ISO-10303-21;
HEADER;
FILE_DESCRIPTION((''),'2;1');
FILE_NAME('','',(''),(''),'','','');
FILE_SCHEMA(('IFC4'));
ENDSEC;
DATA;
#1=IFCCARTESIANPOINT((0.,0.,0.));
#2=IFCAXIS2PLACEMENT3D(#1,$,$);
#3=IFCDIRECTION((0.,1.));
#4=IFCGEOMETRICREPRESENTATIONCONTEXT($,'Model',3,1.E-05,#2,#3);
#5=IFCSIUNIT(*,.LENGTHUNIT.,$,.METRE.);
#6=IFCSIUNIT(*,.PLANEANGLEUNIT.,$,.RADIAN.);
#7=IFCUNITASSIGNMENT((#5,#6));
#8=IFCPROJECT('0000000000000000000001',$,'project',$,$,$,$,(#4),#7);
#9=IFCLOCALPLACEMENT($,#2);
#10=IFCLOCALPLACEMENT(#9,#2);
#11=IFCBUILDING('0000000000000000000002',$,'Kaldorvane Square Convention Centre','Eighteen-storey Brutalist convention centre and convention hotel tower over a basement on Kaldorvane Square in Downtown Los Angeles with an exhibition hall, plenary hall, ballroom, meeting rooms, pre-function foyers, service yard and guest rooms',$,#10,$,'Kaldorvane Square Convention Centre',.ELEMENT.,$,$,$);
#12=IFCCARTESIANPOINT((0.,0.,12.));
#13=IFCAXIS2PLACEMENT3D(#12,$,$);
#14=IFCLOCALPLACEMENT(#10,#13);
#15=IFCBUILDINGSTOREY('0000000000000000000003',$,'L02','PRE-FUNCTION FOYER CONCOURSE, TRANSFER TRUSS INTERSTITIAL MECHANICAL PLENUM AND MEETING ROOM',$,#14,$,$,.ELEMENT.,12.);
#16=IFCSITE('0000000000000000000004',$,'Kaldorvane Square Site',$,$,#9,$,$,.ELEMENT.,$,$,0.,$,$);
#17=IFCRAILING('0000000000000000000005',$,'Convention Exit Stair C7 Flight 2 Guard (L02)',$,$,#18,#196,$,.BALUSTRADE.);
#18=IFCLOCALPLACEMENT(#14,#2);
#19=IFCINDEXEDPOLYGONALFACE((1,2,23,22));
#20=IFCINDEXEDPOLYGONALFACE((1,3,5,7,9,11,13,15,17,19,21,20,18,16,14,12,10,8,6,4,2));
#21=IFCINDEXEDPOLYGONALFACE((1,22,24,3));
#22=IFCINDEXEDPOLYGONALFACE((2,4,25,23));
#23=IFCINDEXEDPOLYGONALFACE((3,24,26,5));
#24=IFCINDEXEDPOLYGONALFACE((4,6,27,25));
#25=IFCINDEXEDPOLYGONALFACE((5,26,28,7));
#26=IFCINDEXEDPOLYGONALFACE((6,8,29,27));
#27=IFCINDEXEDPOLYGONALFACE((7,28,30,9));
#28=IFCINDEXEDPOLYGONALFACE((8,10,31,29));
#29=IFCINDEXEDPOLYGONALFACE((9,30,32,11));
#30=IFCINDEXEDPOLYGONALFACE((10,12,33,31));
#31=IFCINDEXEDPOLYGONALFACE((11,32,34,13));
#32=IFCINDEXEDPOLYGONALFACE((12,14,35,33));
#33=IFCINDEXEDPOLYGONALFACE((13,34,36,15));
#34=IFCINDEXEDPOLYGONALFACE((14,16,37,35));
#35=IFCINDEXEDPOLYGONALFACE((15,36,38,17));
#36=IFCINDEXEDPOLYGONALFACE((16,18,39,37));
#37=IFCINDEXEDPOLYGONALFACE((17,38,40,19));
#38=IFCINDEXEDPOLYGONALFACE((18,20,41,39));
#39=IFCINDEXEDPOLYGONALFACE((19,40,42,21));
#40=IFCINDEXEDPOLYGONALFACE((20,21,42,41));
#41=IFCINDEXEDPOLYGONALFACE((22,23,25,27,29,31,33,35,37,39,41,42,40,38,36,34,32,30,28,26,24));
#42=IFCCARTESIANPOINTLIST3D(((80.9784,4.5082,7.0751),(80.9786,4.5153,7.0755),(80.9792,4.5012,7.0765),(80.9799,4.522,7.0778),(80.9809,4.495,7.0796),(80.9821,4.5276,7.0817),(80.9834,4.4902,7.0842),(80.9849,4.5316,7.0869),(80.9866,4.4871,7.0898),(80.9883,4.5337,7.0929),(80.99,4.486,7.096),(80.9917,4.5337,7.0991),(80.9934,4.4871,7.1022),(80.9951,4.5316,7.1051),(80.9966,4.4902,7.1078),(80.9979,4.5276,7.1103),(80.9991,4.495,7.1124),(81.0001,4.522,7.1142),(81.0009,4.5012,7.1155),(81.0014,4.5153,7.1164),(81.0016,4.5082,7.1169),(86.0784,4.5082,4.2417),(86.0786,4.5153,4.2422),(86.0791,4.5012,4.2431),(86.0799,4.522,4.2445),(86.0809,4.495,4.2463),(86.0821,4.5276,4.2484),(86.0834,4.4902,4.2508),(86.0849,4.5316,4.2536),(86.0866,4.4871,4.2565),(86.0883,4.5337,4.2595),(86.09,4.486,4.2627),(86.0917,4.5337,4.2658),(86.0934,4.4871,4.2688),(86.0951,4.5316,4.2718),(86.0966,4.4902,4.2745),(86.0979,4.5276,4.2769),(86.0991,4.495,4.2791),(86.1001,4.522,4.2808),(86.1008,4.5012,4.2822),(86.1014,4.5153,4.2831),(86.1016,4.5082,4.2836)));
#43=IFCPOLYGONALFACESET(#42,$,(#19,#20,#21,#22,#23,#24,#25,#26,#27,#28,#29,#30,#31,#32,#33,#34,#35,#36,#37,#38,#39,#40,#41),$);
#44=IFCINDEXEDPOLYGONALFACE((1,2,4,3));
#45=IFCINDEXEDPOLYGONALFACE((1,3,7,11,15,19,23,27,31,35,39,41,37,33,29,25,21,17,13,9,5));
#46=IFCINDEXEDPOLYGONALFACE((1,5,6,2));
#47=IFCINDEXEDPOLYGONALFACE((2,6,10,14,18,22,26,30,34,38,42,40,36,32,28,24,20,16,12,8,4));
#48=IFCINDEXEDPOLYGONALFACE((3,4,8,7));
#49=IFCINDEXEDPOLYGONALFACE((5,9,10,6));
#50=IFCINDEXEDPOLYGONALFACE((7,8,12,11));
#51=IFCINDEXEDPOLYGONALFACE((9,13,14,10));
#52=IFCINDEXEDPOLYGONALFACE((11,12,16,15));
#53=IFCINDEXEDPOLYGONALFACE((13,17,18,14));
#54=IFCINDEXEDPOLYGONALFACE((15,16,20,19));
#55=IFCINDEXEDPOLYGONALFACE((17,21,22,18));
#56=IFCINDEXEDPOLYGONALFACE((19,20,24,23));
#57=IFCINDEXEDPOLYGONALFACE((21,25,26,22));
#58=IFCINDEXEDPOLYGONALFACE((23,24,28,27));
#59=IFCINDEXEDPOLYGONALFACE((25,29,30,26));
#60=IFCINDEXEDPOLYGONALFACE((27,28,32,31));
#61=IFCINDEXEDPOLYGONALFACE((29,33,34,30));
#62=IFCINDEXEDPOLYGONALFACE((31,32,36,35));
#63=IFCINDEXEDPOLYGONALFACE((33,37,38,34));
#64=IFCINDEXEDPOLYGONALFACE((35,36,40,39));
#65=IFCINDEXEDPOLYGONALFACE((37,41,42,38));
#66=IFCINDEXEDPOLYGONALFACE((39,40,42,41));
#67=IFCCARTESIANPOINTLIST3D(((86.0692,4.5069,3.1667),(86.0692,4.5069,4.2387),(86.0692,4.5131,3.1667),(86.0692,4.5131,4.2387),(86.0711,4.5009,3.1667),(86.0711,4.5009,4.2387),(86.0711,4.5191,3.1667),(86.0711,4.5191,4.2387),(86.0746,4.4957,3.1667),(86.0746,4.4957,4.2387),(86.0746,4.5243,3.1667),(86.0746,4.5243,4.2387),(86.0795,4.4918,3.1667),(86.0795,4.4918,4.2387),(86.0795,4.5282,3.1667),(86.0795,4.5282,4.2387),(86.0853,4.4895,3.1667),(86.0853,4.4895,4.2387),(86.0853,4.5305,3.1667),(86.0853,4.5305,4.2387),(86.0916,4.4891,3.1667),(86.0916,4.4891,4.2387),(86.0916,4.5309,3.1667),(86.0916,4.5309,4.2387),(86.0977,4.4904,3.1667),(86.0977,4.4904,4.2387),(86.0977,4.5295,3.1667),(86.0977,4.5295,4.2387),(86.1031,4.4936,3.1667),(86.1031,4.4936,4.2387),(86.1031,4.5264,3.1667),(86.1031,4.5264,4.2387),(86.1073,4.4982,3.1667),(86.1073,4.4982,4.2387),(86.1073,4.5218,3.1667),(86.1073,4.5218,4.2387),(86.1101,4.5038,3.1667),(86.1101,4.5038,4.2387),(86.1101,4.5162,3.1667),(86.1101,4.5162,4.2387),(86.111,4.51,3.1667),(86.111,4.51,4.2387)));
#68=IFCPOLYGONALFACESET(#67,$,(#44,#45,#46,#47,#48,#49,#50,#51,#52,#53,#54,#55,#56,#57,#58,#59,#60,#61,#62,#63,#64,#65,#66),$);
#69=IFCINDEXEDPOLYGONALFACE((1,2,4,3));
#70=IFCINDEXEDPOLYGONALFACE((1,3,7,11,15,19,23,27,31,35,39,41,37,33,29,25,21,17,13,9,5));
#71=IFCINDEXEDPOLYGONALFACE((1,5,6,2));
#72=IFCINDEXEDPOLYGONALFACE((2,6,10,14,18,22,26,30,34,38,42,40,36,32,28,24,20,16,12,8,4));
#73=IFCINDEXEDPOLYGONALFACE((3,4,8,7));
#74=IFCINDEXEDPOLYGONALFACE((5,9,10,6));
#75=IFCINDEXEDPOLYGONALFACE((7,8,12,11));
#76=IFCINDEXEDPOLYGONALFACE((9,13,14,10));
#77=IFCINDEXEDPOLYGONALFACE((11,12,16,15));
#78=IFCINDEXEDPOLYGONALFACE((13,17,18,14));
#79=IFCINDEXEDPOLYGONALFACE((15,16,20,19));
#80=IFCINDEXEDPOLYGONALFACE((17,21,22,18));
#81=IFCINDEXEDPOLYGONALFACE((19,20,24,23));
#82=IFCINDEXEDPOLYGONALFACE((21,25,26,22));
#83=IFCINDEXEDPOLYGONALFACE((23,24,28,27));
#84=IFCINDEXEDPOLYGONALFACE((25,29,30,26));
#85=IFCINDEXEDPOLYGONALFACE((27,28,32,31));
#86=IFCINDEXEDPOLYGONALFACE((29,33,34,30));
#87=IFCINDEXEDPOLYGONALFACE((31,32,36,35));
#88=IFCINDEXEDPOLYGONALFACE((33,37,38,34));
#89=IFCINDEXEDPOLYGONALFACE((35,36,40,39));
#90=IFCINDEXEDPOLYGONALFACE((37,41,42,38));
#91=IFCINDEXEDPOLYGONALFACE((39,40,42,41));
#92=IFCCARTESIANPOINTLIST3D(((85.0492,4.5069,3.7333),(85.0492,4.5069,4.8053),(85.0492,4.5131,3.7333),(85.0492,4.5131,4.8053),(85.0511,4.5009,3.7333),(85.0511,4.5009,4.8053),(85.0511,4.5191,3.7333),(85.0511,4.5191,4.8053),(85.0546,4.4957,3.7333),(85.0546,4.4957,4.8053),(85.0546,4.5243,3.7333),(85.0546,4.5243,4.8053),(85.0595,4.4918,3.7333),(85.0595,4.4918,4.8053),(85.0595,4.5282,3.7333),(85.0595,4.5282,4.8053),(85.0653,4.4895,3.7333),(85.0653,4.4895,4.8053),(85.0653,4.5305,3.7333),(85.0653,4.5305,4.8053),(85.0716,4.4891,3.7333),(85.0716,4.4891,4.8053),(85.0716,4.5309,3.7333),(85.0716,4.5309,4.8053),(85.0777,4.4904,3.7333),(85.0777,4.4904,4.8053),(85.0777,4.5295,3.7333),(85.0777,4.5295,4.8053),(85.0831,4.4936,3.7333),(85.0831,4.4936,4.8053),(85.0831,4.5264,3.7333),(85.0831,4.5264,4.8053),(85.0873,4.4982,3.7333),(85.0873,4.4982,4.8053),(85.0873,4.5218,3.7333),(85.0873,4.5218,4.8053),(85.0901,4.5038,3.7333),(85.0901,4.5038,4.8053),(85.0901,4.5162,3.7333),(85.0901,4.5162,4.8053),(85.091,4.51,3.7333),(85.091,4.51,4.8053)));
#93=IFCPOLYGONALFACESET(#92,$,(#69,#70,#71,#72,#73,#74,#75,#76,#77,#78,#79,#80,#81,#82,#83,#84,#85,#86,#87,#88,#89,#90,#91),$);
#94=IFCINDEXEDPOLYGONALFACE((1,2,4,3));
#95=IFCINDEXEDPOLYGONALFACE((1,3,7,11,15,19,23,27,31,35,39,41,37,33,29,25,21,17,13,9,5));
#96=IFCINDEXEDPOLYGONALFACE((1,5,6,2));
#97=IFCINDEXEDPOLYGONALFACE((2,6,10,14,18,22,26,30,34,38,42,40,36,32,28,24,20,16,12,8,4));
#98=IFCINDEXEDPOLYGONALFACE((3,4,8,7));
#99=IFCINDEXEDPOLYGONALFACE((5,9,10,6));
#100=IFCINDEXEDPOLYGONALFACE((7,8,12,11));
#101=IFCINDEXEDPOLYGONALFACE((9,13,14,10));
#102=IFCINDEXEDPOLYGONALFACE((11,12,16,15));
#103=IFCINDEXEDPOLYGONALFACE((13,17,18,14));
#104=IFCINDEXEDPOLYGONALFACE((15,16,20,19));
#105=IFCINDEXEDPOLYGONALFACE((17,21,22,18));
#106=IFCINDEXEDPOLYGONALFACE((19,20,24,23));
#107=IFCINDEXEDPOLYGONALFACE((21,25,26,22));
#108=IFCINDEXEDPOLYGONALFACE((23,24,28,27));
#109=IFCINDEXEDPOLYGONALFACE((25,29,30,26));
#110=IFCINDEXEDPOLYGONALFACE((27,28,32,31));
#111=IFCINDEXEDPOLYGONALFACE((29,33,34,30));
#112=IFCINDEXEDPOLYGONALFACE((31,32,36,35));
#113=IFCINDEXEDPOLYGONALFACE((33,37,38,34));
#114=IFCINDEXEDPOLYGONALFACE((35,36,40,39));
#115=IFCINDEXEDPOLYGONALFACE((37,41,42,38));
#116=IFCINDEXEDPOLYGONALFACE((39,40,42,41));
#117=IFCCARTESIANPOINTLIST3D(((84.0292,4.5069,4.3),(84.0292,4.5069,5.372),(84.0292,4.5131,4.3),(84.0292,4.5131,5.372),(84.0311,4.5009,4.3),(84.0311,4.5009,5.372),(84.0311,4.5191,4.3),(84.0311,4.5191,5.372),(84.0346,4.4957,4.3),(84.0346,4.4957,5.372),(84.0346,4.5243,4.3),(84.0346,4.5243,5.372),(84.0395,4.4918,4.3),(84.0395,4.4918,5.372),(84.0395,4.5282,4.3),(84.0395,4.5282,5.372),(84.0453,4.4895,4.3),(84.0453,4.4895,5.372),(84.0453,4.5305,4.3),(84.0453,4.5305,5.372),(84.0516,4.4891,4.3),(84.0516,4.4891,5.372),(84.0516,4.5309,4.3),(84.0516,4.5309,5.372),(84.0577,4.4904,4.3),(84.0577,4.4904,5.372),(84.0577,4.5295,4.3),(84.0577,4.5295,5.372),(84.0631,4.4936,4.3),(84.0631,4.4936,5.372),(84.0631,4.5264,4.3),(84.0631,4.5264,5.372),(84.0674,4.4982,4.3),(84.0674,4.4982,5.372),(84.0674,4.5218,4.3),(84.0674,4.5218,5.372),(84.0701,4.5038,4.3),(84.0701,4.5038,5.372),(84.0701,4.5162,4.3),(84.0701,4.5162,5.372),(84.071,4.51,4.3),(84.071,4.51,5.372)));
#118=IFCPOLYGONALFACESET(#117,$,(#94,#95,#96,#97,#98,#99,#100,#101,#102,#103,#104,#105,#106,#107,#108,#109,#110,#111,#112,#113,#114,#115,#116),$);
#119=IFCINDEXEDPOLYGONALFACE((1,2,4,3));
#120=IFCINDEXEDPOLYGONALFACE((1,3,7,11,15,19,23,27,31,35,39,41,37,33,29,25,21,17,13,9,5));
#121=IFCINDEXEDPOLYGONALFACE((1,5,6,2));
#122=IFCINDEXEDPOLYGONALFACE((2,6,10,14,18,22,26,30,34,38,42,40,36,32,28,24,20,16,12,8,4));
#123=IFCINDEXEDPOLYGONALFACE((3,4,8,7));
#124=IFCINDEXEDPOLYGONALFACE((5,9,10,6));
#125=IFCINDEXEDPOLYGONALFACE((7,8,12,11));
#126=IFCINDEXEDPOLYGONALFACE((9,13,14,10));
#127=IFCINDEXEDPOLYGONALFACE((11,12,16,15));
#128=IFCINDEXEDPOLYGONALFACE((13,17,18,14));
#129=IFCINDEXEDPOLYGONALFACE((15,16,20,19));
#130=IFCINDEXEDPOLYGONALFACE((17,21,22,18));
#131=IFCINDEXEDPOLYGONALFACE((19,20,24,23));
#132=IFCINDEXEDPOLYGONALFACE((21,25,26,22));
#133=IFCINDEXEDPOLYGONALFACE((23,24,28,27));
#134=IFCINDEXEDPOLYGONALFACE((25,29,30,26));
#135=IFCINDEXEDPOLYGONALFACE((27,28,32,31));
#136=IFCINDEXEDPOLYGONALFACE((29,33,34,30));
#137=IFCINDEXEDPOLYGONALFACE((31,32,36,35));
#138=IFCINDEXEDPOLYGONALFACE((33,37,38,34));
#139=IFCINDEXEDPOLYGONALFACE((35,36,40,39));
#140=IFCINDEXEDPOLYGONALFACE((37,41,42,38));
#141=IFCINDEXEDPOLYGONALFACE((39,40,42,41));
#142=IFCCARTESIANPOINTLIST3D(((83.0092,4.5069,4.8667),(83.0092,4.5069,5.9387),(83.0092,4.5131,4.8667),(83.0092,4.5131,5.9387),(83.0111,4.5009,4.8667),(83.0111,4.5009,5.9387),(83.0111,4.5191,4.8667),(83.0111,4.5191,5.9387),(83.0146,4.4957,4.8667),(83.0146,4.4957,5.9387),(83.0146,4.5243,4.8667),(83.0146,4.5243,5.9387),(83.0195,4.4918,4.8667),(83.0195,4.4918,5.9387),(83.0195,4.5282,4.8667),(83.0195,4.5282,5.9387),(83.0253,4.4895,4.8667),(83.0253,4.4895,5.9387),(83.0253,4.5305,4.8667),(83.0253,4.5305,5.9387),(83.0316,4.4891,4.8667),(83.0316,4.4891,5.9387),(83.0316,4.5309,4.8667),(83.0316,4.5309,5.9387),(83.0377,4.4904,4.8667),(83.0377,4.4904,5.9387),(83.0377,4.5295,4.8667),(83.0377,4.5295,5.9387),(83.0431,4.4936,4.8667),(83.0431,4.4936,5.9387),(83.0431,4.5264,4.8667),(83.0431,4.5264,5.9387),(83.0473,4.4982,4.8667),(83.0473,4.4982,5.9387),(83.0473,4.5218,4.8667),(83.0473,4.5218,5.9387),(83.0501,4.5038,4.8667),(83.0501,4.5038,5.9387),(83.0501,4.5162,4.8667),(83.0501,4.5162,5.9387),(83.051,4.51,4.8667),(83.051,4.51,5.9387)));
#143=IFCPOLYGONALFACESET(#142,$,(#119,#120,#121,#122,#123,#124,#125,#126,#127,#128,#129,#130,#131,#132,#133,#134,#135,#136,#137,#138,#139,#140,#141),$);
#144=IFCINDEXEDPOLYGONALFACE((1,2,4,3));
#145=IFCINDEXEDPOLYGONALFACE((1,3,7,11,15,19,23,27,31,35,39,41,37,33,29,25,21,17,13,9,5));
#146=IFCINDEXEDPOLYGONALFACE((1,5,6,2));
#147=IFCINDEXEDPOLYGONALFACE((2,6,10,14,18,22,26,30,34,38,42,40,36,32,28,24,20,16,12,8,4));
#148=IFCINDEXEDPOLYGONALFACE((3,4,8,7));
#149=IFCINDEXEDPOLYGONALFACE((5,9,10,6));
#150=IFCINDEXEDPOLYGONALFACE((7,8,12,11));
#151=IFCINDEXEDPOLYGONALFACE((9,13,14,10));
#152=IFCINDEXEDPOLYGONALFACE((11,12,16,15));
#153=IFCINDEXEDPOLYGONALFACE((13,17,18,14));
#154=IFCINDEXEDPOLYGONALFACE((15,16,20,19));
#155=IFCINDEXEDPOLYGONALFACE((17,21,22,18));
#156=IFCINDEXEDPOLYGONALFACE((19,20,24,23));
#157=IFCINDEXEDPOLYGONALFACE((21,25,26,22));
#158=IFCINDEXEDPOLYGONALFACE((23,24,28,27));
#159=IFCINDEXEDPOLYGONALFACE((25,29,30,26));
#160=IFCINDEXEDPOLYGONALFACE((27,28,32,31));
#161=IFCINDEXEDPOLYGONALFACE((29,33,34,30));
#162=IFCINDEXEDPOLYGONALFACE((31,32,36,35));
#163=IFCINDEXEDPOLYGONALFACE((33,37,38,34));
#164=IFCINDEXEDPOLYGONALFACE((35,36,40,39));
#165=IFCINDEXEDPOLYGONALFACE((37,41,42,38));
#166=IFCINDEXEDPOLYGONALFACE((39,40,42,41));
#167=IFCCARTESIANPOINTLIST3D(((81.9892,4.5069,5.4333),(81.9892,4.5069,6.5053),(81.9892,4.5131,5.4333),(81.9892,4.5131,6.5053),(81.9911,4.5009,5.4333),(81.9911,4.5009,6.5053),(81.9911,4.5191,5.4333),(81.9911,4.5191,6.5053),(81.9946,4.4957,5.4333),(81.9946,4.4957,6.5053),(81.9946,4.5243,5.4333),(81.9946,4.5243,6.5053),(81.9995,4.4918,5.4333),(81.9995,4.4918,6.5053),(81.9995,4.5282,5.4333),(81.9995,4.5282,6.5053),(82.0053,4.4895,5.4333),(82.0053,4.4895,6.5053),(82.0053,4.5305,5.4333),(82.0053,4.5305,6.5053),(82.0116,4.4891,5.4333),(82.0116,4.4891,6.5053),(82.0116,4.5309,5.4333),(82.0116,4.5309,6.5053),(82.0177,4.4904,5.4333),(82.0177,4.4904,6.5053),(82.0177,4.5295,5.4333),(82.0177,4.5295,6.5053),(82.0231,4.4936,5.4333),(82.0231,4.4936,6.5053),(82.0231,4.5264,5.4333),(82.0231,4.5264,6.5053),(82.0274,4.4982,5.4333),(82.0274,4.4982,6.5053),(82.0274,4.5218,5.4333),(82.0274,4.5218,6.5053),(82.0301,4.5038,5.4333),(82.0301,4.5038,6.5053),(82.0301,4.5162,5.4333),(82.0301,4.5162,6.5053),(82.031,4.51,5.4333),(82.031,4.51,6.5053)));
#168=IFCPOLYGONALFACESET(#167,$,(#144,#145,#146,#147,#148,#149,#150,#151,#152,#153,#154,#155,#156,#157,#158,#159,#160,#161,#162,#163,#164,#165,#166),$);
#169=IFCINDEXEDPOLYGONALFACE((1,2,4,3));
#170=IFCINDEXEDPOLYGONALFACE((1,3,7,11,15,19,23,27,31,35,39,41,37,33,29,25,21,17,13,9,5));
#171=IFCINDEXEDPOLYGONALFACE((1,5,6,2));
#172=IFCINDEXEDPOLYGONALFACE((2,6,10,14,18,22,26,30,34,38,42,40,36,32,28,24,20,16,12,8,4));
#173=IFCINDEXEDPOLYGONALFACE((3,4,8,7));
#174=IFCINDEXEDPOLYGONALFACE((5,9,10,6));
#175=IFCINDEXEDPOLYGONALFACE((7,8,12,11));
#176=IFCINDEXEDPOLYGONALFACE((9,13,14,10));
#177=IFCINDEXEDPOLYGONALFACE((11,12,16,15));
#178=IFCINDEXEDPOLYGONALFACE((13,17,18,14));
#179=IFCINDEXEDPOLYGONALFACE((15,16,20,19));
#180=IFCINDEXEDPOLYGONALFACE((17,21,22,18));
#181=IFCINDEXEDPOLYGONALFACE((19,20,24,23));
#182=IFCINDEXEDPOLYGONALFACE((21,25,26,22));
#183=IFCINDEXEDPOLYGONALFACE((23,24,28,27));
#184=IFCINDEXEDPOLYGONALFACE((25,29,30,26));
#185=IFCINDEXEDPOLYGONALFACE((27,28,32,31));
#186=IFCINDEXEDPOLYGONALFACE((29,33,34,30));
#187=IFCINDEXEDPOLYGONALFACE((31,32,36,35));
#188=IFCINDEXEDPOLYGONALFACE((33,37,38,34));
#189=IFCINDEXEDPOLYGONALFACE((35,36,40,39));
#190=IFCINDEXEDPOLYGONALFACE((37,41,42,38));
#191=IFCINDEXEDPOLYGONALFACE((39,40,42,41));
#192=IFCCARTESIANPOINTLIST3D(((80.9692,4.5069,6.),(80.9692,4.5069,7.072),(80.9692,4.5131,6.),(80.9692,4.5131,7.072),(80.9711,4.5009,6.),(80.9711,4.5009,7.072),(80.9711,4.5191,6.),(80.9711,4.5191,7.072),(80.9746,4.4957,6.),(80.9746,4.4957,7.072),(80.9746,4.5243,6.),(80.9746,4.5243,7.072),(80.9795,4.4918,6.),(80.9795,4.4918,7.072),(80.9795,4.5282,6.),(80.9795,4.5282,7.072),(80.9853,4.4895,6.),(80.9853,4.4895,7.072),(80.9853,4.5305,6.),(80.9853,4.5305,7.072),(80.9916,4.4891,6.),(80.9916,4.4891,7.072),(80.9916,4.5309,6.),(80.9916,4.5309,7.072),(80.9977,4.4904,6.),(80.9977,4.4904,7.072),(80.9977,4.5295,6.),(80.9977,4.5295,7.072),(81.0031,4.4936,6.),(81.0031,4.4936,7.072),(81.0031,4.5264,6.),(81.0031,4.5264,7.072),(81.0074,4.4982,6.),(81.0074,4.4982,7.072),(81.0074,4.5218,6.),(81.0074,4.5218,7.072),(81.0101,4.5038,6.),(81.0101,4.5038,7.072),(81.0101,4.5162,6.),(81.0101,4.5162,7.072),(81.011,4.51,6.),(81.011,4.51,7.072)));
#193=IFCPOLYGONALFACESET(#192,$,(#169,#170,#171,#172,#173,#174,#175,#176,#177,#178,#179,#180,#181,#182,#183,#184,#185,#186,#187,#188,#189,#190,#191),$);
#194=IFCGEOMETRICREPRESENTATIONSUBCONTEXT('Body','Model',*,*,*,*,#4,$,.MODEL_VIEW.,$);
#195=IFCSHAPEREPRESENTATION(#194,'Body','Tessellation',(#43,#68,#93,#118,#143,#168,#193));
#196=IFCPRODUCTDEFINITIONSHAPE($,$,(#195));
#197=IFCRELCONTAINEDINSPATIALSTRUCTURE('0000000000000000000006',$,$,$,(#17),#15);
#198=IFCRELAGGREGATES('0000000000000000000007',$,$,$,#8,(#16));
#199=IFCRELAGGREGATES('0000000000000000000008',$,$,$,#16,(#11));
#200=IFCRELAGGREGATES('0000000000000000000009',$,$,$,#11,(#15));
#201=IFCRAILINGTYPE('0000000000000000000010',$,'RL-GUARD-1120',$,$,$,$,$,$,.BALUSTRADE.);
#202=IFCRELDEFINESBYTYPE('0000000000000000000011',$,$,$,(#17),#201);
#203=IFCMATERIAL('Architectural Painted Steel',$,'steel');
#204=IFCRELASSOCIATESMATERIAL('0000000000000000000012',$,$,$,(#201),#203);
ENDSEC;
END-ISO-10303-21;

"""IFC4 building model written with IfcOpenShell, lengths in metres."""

from ifc_helpers import new_model, si_unit, direction, frame, origin, origin_2d, place, context, subcontext, project, spatial, circle, extrude, material, type_object, element, save


model = new_model("IFC4")

# Units and contexts
model_context = context("Model", 3, precision=1e-05, world=origin(), true_north=direction((0.0, 1.0)))
body_context = subcontext(model_context, "Body", "Model", "MODEL_VIEW")
ifc_project = project(units=[si_unit("LENGTHUNIT", "METRE"), si_unit("PLANEANGLEUNIT", "RADIAN")], contexts=[model_context])

# Site, building, storey
site_placement = place(None, origin())
site = spatial("IfcSite", under=ifc_project, at=site_placement, Name="Kaldorvane Square Site", CompositionType="ELEMENT", RefElevation=0.0)
building_placement = place(site_placement, origin())
building = spatial("IfcBuilding", under=site, at=building_placement, Name="Kaldorvane Square Convention Centre", Description="Eighteen-storey Brutalist convention centre and convention hotel tower over a basement on Kaldorvane Square in Downtown Los Angeles with an exhibition hall, plenary hall, ballroom, meeting rooms, pre-function foyers, service yard and guest rooms", LongName="Kaldorvane Square Convention Centre", CompositionType="ELEMENT")
storey_placement = place(building_placement, frame((0.0, 0.0, 12.0)))
storey = spatial("IfcBuildingStorey", under=building, at=storey_placement, Name="L02", Description="PRE-FUNCTION FOYER CONCOURSE, TRANSFER TRUSS INTERSTITIAL MECHANICAL PLENUM AND MEETING ROOM", CompositionType="ELEMENT", Elevation=12.0)

# Railing
ifc_material_1 = material(Name="Architectural Painted Steel", Category="steel")
railing_type_1 = type_object("IfcRailingType", Name="RL-GUARD-1120", PredefinedType="BALUSTRADE", material=ifc_material_1)
railing_1_placement = place(storey_placement, frame((86.09, 4.51, 3.1667)))
element("IfcRailing", 1, at=railing_1_placement, inside=storey, type_object=railing_type_1, Name="Convention Exit Stair C7 Flight 2 Guard (L02)", PredefinedType="BALUSTRADE", context=body_context, shape_type="SweptSolid", body=[
    extrude(circle(Radius=0.024, at=origin_2d()), frame((0.0, 0.0, 1.096), z_axis=(-0.874157, 0.0, 0.485643), x_axis=(0.0, -1.0, 0.0)), (0.0, 0.0, 1.0), 5.8342),
    extrude(circle(Radius=0.021, at=origin_2d()), origin(), (0.0, 0.0, 1.0), 1.072),
    extrude(circle(Radius=0.021, at=origin_2d()), frame((-1.02, 0.0, 0.5667)), (0.0, 0.0, 1.0), 1.072),
    extrude(circle(Radius=0.021, at=origin_2d()), frame((-2.04, 0.0, 1.1333)), (0.0, 0.0, 1.0), 1.072),
    extrude(circle(Radius=0.021, at=origin_2d()), frame((-3.06, 0.0, 1.7)), (0.0, 0.0, 1.0), 1.072),
    extrude(circle(Radius=0.021, at=origin_2d()), frame((-4.08, 0.0, 2.2667)), (0.0, 0.0, 1.0), 1.072),
    extrude(circle(Radius=0.021, at=origin_2d()), frame((-5.1, 0.0, 2.8333)), (0.0, 0.0, 1.0), 1.072),
])

save(model, "model.ifc")
